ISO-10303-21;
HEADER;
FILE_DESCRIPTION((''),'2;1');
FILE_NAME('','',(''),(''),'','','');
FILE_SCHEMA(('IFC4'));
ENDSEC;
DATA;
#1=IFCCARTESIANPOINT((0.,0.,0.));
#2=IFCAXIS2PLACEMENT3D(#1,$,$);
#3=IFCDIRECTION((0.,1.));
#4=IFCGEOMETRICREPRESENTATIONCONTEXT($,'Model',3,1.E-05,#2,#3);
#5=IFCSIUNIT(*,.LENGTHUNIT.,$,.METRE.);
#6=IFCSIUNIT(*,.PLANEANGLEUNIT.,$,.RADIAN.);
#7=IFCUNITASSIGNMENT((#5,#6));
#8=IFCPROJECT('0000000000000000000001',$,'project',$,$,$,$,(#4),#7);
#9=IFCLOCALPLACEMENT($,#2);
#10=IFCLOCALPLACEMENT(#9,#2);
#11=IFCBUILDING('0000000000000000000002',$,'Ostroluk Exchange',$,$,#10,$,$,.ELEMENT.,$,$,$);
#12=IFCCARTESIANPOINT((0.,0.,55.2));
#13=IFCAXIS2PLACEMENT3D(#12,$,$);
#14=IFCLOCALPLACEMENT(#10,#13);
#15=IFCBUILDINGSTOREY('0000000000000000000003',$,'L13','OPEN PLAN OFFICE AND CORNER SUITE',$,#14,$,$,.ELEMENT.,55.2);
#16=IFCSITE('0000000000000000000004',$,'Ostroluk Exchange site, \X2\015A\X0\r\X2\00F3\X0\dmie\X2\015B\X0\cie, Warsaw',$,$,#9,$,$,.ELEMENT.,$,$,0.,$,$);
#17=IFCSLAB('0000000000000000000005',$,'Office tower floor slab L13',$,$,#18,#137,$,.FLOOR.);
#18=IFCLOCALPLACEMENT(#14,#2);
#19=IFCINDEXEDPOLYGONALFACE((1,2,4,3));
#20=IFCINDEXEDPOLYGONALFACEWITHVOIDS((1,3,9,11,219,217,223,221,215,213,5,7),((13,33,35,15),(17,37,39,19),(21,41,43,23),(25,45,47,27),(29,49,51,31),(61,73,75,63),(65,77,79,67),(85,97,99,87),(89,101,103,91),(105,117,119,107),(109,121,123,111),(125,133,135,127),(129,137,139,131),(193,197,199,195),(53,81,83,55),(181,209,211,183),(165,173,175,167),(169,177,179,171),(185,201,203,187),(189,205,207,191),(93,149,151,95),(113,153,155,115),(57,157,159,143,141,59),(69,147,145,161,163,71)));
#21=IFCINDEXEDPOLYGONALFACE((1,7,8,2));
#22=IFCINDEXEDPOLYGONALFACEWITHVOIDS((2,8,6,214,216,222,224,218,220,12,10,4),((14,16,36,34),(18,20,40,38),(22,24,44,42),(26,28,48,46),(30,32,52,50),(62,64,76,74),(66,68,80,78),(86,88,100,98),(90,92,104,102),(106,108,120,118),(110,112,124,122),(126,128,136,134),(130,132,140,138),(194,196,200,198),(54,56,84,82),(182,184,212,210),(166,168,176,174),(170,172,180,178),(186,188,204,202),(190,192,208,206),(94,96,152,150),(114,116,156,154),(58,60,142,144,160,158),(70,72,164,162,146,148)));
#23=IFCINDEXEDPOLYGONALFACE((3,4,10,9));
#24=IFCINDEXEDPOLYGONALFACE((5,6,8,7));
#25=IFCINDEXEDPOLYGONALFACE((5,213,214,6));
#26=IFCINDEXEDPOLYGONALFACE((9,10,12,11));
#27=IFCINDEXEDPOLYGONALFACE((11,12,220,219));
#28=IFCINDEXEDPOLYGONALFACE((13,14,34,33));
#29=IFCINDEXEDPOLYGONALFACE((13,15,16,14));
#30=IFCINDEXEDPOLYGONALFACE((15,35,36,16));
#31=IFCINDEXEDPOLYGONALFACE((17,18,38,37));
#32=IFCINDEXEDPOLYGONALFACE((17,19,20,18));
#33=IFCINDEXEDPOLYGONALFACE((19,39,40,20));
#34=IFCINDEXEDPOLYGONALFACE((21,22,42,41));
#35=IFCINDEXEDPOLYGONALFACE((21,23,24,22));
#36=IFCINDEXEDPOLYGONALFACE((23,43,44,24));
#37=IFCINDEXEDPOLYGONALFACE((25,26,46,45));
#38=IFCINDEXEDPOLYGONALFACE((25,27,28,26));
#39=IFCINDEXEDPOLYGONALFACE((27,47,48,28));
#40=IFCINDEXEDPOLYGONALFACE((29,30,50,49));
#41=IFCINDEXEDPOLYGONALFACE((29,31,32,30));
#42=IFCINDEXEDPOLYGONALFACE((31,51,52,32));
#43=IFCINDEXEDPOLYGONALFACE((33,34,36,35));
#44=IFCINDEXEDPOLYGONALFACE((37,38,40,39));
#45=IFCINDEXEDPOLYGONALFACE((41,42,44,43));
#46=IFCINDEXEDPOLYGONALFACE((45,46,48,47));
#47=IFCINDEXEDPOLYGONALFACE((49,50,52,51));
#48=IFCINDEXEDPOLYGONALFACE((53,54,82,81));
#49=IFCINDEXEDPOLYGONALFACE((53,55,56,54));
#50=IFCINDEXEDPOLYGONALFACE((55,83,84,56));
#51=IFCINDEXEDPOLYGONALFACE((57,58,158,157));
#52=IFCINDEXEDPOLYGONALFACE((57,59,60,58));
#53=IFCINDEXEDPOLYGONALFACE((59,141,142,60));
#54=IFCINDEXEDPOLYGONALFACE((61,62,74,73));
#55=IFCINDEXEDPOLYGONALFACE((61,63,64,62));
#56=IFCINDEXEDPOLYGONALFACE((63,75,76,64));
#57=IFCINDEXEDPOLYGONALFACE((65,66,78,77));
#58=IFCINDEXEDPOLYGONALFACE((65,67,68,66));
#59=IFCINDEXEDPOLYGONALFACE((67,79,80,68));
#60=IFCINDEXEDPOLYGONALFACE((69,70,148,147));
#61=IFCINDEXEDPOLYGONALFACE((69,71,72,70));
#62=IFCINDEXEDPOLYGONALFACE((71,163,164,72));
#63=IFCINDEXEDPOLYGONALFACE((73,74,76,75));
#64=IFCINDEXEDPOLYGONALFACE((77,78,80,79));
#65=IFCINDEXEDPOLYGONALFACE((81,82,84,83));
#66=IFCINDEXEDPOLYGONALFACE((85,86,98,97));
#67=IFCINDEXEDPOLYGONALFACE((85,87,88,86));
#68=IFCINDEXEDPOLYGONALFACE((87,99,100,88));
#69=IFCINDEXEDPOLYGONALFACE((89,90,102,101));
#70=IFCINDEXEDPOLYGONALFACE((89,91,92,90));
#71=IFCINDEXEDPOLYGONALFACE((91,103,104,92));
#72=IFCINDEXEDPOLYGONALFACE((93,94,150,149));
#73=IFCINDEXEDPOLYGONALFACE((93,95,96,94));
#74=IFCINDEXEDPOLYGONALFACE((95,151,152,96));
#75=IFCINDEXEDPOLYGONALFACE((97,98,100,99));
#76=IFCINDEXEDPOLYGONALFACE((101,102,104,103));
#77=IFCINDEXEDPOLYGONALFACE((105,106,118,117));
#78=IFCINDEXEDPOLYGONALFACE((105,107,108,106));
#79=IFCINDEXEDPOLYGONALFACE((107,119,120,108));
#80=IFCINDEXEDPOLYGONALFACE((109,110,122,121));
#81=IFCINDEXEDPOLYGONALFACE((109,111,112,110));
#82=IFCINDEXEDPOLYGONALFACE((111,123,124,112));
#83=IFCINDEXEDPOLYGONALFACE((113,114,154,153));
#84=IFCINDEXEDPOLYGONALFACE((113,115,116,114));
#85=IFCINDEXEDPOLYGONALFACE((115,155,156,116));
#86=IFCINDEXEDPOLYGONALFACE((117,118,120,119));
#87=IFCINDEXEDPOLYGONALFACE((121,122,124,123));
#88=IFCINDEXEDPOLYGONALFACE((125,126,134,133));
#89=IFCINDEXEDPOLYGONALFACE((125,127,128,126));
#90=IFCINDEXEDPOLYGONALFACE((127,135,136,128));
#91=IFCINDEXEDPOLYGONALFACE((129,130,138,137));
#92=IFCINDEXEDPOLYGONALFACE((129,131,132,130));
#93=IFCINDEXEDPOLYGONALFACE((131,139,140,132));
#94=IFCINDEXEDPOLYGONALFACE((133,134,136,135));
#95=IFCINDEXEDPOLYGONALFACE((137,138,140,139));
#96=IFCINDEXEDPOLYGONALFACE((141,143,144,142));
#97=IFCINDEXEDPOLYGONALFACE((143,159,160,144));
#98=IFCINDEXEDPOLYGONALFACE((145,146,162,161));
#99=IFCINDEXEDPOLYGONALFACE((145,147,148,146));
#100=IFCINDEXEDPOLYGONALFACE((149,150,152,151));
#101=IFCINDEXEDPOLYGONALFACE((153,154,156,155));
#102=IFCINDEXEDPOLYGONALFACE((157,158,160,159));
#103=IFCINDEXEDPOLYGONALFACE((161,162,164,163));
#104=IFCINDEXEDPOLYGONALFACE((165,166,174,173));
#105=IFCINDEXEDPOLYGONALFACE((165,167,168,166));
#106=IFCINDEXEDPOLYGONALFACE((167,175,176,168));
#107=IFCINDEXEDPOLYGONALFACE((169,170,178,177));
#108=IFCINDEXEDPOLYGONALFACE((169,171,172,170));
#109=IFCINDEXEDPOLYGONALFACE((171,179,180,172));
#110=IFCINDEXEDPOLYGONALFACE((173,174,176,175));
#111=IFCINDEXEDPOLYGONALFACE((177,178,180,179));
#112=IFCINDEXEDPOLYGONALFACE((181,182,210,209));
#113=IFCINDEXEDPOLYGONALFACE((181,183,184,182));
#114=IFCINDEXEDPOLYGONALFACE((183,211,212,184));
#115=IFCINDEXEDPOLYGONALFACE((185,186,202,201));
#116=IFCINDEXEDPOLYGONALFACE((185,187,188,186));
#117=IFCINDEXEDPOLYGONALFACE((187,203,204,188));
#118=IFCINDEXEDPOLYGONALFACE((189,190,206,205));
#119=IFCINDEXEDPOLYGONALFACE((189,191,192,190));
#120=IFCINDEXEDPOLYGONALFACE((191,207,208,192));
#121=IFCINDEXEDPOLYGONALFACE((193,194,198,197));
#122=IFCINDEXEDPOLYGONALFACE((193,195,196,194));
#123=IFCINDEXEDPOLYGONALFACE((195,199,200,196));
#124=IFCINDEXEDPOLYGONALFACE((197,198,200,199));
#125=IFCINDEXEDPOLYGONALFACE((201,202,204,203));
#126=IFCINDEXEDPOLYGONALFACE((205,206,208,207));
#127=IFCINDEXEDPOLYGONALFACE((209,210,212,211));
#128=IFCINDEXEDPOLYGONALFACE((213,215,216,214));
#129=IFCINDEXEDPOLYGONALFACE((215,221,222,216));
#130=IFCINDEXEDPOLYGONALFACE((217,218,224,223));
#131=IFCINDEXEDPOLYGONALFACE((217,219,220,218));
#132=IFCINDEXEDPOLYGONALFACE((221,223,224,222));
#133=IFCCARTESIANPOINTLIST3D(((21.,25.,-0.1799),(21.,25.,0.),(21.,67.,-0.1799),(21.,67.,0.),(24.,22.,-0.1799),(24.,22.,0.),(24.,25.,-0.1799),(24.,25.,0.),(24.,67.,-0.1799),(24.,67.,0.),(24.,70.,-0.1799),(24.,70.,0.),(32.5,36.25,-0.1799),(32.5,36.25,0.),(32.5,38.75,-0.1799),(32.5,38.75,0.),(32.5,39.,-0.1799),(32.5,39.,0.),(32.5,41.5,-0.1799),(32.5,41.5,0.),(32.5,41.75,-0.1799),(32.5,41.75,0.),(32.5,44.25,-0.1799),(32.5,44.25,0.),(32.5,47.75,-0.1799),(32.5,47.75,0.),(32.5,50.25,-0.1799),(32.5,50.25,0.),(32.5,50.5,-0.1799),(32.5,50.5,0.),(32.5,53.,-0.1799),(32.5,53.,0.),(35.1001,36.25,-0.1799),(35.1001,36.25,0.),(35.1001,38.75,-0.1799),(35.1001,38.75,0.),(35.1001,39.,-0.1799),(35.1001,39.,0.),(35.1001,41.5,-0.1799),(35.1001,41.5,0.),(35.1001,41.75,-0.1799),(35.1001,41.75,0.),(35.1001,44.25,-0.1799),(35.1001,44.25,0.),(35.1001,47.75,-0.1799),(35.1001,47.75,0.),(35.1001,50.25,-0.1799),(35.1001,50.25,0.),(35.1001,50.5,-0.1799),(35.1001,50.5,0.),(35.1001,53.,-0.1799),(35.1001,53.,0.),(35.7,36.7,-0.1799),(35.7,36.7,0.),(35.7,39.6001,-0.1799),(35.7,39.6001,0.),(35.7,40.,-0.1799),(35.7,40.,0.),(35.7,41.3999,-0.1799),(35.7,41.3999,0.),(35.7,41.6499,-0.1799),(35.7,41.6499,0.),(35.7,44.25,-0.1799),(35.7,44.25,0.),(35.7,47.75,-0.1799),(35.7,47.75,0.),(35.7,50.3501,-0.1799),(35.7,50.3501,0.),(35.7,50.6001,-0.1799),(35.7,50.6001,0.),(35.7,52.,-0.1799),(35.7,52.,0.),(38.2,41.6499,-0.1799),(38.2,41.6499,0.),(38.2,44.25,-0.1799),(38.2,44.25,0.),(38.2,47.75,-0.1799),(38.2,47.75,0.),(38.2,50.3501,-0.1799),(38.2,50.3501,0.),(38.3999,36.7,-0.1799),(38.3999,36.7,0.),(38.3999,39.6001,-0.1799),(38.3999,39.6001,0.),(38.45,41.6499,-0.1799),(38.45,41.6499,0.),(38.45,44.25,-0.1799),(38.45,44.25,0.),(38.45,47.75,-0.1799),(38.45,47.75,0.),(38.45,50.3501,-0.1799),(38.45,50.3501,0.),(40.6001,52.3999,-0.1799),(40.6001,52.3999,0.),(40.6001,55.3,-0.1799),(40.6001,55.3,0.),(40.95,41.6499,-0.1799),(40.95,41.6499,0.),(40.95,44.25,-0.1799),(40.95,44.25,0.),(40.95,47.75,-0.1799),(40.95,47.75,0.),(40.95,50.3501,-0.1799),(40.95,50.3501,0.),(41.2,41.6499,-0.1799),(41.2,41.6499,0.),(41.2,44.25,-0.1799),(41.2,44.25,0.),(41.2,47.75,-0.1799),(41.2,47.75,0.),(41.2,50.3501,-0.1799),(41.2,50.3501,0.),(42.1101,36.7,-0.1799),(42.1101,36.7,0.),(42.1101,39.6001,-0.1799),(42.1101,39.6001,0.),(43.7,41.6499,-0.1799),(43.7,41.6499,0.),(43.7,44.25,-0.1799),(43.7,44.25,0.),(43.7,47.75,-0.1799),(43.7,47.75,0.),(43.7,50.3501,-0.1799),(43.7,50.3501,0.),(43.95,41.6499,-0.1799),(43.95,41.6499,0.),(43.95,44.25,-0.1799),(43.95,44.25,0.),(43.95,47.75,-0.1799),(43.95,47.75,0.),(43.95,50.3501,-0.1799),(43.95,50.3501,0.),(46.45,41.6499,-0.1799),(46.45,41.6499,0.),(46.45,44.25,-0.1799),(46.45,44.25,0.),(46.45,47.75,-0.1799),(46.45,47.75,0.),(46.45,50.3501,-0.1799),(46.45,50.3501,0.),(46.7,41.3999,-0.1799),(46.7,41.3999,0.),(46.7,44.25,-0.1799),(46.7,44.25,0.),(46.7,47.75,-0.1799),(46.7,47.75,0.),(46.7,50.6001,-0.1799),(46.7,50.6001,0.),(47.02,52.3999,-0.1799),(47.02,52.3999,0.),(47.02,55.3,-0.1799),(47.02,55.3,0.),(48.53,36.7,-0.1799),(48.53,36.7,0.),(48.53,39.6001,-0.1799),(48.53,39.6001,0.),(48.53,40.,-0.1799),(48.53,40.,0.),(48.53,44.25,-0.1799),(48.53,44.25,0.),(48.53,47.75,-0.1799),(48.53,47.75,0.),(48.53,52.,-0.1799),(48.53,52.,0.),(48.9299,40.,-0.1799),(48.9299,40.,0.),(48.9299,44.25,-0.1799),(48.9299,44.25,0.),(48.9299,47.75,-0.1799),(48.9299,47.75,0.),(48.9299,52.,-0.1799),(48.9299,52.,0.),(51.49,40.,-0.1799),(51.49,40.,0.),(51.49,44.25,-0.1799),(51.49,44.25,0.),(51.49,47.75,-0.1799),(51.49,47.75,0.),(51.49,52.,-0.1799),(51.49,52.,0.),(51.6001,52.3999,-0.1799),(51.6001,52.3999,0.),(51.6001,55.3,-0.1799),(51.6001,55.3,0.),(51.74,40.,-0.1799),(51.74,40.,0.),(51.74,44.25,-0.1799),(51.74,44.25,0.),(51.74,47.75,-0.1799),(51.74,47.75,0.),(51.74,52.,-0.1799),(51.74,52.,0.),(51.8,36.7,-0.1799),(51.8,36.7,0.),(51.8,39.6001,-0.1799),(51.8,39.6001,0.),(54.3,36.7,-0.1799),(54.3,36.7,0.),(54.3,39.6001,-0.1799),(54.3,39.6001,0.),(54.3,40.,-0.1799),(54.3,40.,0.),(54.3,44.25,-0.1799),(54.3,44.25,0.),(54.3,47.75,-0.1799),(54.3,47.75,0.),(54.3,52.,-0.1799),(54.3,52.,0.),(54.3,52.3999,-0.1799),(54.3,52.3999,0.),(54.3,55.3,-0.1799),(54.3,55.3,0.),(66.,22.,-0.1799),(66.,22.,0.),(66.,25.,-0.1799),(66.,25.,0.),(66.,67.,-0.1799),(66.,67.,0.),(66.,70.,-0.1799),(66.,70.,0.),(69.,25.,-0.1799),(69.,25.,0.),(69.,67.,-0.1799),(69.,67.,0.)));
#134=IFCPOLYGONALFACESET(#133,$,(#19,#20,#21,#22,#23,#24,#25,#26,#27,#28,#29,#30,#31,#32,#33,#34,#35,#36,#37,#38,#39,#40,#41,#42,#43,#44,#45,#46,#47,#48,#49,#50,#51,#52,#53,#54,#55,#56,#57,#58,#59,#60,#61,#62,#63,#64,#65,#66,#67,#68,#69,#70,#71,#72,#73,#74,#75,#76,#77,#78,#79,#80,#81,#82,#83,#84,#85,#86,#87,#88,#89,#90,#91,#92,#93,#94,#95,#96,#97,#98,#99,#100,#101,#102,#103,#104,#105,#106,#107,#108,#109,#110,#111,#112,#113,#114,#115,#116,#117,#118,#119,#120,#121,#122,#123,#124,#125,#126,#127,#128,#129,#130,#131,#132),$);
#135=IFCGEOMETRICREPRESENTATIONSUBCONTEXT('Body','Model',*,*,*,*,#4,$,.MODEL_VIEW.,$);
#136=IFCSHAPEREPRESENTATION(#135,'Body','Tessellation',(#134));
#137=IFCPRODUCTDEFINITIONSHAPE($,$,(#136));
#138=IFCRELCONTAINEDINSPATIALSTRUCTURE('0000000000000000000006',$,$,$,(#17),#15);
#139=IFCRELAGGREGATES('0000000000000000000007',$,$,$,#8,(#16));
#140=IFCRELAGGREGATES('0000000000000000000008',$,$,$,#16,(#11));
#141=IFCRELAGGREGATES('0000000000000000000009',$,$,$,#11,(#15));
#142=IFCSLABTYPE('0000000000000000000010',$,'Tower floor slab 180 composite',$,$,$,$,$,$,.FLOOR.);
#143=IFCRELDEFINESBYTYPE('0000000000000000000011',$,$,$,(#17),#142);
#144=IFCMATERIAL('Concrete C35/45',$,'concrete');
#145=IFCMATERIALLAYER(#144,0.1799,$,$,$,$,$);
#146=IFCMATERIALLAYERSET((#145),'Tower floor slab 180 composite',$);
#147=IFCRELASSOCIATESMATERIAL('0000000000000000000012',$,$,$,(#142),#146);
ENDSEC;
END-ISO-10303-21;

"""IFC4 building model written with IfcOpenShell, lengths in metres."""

from ifc_helpers import new_model, si_unit, direction, frame, origin, place, context, subcontext, project, spatial, polyline, outline, extrude, material, layer, layer_set, type_object, element, save


model = new_model("IFC4")

# Units and contexts
model_context = context("Model", 3, precision=1e-05, world=origin(), true_north=direction((0.0, 1.0)))
body_context = subcontext(model_context, "Body", "Model", "MODEL_VIEW")
ifc_project = project(units=[si_unit("LENGTHUNIT", "METRE"), si_unit("PLANEANGLEUNIT", "RADIAN")], contexts=[model_context])

# Site, building, storey
site_placement = place(None, origin())
site = spatial("IfcSite", under=ifc_project, at=site_placement, Name="Ostroluk Exchange site, Śródmieście, Warsaw", CompositionType="ELEMENT", RefElevation=0.0)
building_placement = place(site_placement, origin())
building = spatial("IfcBuilding", under=site, at=building_placement, Name="Ostroluk Exchange", CompositionType="ELEMENT")
storey_placement = place(building_placement, frame((0.0, 0.0, 55.2)))
storey = spatial("IfcBuildingStorey", under=building, at=storey_placement, Name="L13", Description="OPEN PLAN OFFICE AND CORNER SUITE", CompositionType="ELEMENT", Elevation=55.2)

# Slab
ifc_material_1 = material(Name="Concrete C35/45", Category="concrete")
ifc_layer_1 = layer(ifc_material_1, 0.1799)
ifc_layer_set_1 = layer_set([ifc_layer_1], Name="Tower floor slab 180 composite")
slab_type_1 = type_object("IfcSlabType", Name="Tower floor slab 180 composite", PredefinedType="FLOOR", material=ifc_layer_set_1)
slab_1_placement = place(storey_placement, frame((0.0, 0.0, -0.1799)))
element("IfcSlab", 1, at=slab_1_placement, inside=storey, type_object=slab_type_1, Name="Office tower floor slab L13", PredefinedType="FLOOR", context=body_context, shape_type="SweptSolid", body=[
    extrude(outline(polyline([(24.0, 22.0), (66.0, 22.0), (66.0, 25.0), (69.0, 25.0), (69.0, 67.0), (66.0, 67.0), (66.0, 70.0), (24.0, 70.0), (24.0, 67.0), (21.0, 67.0), (21.0, 25.0), (24.0, 25.0), (24.0, 22.0)]), holes=[polyline([(35.7, 36.7), (38.3999, 36.7), (38.3999, 39.6001), (35.7, 39.6001), (35.7, 36.7)]), polyline([(42.1101, 36.7), (48.53, 36.7), (48.53, 39.6001), (42.1101, 39.6001), (42.1101, 36.7)]), polyline([(51.8, 36.7), (54.3, 36.7), (54.3, 39.6001), (51.8, 39.6001), (51.8, 36.7)]), polyline([(40.6001, 52.3999), (47.02, 52.3999), (47.02, 55.3), (40.6001, 55.3), (40.6001, 52.3999)]), polyline([(51.6001, 52.3999), (54.3, 52.3999), (54.3, 55.3), (51.6001, 55.3), (51.6001, 52.3999)]), polyline([(35.7, 47.75), (38.2, 47.75), (38.2, 50.3501), (35.7, 50.3501), (35.7, 47.75)]), polyline([(38.45, 47.75), (40.95, 47.75), (40.95, 50.3501), (38.45, 50.3501), (38.45, 47.75)]), polyline([(41.2, 47.75), (43.7, 47.75), (43.7, 50.3501), (41.2, 50.3501), (41.2, 47.75)]), polyline([(43.95, 47.75), (46.45, 47.75), (46.45, 50.3501), (43.95, 50.3501), (43.95, 47.75)]), polyline([(35.7, 41.6499), (38.2, 41.6499), (38.2, 44.25), (35.7, 44.25), (35.7, 41.6499)]), polyline([(38.45, 41.6499), (40.95, 41.6499), (40.95, 44.25), (38.45, 44.25), (38.45, 41.6499)]), polyline([(41.2, 41.6499), (43.7, 41.6499), (43.7, 44.25), (41.2, 44.25), (41.2, 41.6499)]), polyline([(43.95, 41.6499), (46.45, 41.6499), (46.45, 44.25), (43.95, 44.25), (43.95, 41.6499)]), polyline([(48.9299, 47.75), (51.49, 47.75), (51.49, 52.0), (48.9299, 52.0), (48.9299, 47.75)]), polyline([(51.74, 47.75), (54.3, 47.75), (54.3, 52.0), (51.74, 52.0), (51.74, 47.75)]), polyline([(48.9299, 40.0), (51.49, 40.0), (51.49, 44.25), (48.9299, 44.25), (48.9299, 40.0)]), polyline([(51.74, 40.0), (54.3, 40.0), (54.3, 44.25), (51.74, 44.25), (51.74, 40.0)]), polyline([(48.53, 52.0), (48.53, 47.75), (46.7, 47.75), (46.7, 50.6001), (35.7, 50.6001), (35.7, 52.0), (48.53, 52.0)]), polyline([(35.7, 40.0), (35.7, 41.3999), (46.7, 41.3999), (46.7, 44.25), (48.53, 44.25), (48.53, 40.0), (35.7, 40.0)]), polyline([(32.5, 36.25), (35.1001, 36.25), (35.1001, 38.75), (32.5, 38.75), (32.5, 36.25)]), polyline([(32.5, 39.0), (35.1001, 39.0), (35.1001, 41.5), (32.5, 41.5), (32.5, 39.0)]), polyline([(32.5, 41.75), (35.1001, 41.75), (35.1001, 44.25), (32.5, 44.25), (32.5, 41.75)]), polyline([(32.5, 47.75), (35.1001, 47.75), (35.1001, 50.25), (32.5, 50.25), (32.5, 47.75)]), polyline([(32.5, 50.5), (35.1001, 50.5), (35.1001, 53.0), (32.5, 53.0), (32.5, 50.5)])]), origin(), (0.0, 0.0, 1.0), 0.1799),
])

save(model, "model.ifc")
